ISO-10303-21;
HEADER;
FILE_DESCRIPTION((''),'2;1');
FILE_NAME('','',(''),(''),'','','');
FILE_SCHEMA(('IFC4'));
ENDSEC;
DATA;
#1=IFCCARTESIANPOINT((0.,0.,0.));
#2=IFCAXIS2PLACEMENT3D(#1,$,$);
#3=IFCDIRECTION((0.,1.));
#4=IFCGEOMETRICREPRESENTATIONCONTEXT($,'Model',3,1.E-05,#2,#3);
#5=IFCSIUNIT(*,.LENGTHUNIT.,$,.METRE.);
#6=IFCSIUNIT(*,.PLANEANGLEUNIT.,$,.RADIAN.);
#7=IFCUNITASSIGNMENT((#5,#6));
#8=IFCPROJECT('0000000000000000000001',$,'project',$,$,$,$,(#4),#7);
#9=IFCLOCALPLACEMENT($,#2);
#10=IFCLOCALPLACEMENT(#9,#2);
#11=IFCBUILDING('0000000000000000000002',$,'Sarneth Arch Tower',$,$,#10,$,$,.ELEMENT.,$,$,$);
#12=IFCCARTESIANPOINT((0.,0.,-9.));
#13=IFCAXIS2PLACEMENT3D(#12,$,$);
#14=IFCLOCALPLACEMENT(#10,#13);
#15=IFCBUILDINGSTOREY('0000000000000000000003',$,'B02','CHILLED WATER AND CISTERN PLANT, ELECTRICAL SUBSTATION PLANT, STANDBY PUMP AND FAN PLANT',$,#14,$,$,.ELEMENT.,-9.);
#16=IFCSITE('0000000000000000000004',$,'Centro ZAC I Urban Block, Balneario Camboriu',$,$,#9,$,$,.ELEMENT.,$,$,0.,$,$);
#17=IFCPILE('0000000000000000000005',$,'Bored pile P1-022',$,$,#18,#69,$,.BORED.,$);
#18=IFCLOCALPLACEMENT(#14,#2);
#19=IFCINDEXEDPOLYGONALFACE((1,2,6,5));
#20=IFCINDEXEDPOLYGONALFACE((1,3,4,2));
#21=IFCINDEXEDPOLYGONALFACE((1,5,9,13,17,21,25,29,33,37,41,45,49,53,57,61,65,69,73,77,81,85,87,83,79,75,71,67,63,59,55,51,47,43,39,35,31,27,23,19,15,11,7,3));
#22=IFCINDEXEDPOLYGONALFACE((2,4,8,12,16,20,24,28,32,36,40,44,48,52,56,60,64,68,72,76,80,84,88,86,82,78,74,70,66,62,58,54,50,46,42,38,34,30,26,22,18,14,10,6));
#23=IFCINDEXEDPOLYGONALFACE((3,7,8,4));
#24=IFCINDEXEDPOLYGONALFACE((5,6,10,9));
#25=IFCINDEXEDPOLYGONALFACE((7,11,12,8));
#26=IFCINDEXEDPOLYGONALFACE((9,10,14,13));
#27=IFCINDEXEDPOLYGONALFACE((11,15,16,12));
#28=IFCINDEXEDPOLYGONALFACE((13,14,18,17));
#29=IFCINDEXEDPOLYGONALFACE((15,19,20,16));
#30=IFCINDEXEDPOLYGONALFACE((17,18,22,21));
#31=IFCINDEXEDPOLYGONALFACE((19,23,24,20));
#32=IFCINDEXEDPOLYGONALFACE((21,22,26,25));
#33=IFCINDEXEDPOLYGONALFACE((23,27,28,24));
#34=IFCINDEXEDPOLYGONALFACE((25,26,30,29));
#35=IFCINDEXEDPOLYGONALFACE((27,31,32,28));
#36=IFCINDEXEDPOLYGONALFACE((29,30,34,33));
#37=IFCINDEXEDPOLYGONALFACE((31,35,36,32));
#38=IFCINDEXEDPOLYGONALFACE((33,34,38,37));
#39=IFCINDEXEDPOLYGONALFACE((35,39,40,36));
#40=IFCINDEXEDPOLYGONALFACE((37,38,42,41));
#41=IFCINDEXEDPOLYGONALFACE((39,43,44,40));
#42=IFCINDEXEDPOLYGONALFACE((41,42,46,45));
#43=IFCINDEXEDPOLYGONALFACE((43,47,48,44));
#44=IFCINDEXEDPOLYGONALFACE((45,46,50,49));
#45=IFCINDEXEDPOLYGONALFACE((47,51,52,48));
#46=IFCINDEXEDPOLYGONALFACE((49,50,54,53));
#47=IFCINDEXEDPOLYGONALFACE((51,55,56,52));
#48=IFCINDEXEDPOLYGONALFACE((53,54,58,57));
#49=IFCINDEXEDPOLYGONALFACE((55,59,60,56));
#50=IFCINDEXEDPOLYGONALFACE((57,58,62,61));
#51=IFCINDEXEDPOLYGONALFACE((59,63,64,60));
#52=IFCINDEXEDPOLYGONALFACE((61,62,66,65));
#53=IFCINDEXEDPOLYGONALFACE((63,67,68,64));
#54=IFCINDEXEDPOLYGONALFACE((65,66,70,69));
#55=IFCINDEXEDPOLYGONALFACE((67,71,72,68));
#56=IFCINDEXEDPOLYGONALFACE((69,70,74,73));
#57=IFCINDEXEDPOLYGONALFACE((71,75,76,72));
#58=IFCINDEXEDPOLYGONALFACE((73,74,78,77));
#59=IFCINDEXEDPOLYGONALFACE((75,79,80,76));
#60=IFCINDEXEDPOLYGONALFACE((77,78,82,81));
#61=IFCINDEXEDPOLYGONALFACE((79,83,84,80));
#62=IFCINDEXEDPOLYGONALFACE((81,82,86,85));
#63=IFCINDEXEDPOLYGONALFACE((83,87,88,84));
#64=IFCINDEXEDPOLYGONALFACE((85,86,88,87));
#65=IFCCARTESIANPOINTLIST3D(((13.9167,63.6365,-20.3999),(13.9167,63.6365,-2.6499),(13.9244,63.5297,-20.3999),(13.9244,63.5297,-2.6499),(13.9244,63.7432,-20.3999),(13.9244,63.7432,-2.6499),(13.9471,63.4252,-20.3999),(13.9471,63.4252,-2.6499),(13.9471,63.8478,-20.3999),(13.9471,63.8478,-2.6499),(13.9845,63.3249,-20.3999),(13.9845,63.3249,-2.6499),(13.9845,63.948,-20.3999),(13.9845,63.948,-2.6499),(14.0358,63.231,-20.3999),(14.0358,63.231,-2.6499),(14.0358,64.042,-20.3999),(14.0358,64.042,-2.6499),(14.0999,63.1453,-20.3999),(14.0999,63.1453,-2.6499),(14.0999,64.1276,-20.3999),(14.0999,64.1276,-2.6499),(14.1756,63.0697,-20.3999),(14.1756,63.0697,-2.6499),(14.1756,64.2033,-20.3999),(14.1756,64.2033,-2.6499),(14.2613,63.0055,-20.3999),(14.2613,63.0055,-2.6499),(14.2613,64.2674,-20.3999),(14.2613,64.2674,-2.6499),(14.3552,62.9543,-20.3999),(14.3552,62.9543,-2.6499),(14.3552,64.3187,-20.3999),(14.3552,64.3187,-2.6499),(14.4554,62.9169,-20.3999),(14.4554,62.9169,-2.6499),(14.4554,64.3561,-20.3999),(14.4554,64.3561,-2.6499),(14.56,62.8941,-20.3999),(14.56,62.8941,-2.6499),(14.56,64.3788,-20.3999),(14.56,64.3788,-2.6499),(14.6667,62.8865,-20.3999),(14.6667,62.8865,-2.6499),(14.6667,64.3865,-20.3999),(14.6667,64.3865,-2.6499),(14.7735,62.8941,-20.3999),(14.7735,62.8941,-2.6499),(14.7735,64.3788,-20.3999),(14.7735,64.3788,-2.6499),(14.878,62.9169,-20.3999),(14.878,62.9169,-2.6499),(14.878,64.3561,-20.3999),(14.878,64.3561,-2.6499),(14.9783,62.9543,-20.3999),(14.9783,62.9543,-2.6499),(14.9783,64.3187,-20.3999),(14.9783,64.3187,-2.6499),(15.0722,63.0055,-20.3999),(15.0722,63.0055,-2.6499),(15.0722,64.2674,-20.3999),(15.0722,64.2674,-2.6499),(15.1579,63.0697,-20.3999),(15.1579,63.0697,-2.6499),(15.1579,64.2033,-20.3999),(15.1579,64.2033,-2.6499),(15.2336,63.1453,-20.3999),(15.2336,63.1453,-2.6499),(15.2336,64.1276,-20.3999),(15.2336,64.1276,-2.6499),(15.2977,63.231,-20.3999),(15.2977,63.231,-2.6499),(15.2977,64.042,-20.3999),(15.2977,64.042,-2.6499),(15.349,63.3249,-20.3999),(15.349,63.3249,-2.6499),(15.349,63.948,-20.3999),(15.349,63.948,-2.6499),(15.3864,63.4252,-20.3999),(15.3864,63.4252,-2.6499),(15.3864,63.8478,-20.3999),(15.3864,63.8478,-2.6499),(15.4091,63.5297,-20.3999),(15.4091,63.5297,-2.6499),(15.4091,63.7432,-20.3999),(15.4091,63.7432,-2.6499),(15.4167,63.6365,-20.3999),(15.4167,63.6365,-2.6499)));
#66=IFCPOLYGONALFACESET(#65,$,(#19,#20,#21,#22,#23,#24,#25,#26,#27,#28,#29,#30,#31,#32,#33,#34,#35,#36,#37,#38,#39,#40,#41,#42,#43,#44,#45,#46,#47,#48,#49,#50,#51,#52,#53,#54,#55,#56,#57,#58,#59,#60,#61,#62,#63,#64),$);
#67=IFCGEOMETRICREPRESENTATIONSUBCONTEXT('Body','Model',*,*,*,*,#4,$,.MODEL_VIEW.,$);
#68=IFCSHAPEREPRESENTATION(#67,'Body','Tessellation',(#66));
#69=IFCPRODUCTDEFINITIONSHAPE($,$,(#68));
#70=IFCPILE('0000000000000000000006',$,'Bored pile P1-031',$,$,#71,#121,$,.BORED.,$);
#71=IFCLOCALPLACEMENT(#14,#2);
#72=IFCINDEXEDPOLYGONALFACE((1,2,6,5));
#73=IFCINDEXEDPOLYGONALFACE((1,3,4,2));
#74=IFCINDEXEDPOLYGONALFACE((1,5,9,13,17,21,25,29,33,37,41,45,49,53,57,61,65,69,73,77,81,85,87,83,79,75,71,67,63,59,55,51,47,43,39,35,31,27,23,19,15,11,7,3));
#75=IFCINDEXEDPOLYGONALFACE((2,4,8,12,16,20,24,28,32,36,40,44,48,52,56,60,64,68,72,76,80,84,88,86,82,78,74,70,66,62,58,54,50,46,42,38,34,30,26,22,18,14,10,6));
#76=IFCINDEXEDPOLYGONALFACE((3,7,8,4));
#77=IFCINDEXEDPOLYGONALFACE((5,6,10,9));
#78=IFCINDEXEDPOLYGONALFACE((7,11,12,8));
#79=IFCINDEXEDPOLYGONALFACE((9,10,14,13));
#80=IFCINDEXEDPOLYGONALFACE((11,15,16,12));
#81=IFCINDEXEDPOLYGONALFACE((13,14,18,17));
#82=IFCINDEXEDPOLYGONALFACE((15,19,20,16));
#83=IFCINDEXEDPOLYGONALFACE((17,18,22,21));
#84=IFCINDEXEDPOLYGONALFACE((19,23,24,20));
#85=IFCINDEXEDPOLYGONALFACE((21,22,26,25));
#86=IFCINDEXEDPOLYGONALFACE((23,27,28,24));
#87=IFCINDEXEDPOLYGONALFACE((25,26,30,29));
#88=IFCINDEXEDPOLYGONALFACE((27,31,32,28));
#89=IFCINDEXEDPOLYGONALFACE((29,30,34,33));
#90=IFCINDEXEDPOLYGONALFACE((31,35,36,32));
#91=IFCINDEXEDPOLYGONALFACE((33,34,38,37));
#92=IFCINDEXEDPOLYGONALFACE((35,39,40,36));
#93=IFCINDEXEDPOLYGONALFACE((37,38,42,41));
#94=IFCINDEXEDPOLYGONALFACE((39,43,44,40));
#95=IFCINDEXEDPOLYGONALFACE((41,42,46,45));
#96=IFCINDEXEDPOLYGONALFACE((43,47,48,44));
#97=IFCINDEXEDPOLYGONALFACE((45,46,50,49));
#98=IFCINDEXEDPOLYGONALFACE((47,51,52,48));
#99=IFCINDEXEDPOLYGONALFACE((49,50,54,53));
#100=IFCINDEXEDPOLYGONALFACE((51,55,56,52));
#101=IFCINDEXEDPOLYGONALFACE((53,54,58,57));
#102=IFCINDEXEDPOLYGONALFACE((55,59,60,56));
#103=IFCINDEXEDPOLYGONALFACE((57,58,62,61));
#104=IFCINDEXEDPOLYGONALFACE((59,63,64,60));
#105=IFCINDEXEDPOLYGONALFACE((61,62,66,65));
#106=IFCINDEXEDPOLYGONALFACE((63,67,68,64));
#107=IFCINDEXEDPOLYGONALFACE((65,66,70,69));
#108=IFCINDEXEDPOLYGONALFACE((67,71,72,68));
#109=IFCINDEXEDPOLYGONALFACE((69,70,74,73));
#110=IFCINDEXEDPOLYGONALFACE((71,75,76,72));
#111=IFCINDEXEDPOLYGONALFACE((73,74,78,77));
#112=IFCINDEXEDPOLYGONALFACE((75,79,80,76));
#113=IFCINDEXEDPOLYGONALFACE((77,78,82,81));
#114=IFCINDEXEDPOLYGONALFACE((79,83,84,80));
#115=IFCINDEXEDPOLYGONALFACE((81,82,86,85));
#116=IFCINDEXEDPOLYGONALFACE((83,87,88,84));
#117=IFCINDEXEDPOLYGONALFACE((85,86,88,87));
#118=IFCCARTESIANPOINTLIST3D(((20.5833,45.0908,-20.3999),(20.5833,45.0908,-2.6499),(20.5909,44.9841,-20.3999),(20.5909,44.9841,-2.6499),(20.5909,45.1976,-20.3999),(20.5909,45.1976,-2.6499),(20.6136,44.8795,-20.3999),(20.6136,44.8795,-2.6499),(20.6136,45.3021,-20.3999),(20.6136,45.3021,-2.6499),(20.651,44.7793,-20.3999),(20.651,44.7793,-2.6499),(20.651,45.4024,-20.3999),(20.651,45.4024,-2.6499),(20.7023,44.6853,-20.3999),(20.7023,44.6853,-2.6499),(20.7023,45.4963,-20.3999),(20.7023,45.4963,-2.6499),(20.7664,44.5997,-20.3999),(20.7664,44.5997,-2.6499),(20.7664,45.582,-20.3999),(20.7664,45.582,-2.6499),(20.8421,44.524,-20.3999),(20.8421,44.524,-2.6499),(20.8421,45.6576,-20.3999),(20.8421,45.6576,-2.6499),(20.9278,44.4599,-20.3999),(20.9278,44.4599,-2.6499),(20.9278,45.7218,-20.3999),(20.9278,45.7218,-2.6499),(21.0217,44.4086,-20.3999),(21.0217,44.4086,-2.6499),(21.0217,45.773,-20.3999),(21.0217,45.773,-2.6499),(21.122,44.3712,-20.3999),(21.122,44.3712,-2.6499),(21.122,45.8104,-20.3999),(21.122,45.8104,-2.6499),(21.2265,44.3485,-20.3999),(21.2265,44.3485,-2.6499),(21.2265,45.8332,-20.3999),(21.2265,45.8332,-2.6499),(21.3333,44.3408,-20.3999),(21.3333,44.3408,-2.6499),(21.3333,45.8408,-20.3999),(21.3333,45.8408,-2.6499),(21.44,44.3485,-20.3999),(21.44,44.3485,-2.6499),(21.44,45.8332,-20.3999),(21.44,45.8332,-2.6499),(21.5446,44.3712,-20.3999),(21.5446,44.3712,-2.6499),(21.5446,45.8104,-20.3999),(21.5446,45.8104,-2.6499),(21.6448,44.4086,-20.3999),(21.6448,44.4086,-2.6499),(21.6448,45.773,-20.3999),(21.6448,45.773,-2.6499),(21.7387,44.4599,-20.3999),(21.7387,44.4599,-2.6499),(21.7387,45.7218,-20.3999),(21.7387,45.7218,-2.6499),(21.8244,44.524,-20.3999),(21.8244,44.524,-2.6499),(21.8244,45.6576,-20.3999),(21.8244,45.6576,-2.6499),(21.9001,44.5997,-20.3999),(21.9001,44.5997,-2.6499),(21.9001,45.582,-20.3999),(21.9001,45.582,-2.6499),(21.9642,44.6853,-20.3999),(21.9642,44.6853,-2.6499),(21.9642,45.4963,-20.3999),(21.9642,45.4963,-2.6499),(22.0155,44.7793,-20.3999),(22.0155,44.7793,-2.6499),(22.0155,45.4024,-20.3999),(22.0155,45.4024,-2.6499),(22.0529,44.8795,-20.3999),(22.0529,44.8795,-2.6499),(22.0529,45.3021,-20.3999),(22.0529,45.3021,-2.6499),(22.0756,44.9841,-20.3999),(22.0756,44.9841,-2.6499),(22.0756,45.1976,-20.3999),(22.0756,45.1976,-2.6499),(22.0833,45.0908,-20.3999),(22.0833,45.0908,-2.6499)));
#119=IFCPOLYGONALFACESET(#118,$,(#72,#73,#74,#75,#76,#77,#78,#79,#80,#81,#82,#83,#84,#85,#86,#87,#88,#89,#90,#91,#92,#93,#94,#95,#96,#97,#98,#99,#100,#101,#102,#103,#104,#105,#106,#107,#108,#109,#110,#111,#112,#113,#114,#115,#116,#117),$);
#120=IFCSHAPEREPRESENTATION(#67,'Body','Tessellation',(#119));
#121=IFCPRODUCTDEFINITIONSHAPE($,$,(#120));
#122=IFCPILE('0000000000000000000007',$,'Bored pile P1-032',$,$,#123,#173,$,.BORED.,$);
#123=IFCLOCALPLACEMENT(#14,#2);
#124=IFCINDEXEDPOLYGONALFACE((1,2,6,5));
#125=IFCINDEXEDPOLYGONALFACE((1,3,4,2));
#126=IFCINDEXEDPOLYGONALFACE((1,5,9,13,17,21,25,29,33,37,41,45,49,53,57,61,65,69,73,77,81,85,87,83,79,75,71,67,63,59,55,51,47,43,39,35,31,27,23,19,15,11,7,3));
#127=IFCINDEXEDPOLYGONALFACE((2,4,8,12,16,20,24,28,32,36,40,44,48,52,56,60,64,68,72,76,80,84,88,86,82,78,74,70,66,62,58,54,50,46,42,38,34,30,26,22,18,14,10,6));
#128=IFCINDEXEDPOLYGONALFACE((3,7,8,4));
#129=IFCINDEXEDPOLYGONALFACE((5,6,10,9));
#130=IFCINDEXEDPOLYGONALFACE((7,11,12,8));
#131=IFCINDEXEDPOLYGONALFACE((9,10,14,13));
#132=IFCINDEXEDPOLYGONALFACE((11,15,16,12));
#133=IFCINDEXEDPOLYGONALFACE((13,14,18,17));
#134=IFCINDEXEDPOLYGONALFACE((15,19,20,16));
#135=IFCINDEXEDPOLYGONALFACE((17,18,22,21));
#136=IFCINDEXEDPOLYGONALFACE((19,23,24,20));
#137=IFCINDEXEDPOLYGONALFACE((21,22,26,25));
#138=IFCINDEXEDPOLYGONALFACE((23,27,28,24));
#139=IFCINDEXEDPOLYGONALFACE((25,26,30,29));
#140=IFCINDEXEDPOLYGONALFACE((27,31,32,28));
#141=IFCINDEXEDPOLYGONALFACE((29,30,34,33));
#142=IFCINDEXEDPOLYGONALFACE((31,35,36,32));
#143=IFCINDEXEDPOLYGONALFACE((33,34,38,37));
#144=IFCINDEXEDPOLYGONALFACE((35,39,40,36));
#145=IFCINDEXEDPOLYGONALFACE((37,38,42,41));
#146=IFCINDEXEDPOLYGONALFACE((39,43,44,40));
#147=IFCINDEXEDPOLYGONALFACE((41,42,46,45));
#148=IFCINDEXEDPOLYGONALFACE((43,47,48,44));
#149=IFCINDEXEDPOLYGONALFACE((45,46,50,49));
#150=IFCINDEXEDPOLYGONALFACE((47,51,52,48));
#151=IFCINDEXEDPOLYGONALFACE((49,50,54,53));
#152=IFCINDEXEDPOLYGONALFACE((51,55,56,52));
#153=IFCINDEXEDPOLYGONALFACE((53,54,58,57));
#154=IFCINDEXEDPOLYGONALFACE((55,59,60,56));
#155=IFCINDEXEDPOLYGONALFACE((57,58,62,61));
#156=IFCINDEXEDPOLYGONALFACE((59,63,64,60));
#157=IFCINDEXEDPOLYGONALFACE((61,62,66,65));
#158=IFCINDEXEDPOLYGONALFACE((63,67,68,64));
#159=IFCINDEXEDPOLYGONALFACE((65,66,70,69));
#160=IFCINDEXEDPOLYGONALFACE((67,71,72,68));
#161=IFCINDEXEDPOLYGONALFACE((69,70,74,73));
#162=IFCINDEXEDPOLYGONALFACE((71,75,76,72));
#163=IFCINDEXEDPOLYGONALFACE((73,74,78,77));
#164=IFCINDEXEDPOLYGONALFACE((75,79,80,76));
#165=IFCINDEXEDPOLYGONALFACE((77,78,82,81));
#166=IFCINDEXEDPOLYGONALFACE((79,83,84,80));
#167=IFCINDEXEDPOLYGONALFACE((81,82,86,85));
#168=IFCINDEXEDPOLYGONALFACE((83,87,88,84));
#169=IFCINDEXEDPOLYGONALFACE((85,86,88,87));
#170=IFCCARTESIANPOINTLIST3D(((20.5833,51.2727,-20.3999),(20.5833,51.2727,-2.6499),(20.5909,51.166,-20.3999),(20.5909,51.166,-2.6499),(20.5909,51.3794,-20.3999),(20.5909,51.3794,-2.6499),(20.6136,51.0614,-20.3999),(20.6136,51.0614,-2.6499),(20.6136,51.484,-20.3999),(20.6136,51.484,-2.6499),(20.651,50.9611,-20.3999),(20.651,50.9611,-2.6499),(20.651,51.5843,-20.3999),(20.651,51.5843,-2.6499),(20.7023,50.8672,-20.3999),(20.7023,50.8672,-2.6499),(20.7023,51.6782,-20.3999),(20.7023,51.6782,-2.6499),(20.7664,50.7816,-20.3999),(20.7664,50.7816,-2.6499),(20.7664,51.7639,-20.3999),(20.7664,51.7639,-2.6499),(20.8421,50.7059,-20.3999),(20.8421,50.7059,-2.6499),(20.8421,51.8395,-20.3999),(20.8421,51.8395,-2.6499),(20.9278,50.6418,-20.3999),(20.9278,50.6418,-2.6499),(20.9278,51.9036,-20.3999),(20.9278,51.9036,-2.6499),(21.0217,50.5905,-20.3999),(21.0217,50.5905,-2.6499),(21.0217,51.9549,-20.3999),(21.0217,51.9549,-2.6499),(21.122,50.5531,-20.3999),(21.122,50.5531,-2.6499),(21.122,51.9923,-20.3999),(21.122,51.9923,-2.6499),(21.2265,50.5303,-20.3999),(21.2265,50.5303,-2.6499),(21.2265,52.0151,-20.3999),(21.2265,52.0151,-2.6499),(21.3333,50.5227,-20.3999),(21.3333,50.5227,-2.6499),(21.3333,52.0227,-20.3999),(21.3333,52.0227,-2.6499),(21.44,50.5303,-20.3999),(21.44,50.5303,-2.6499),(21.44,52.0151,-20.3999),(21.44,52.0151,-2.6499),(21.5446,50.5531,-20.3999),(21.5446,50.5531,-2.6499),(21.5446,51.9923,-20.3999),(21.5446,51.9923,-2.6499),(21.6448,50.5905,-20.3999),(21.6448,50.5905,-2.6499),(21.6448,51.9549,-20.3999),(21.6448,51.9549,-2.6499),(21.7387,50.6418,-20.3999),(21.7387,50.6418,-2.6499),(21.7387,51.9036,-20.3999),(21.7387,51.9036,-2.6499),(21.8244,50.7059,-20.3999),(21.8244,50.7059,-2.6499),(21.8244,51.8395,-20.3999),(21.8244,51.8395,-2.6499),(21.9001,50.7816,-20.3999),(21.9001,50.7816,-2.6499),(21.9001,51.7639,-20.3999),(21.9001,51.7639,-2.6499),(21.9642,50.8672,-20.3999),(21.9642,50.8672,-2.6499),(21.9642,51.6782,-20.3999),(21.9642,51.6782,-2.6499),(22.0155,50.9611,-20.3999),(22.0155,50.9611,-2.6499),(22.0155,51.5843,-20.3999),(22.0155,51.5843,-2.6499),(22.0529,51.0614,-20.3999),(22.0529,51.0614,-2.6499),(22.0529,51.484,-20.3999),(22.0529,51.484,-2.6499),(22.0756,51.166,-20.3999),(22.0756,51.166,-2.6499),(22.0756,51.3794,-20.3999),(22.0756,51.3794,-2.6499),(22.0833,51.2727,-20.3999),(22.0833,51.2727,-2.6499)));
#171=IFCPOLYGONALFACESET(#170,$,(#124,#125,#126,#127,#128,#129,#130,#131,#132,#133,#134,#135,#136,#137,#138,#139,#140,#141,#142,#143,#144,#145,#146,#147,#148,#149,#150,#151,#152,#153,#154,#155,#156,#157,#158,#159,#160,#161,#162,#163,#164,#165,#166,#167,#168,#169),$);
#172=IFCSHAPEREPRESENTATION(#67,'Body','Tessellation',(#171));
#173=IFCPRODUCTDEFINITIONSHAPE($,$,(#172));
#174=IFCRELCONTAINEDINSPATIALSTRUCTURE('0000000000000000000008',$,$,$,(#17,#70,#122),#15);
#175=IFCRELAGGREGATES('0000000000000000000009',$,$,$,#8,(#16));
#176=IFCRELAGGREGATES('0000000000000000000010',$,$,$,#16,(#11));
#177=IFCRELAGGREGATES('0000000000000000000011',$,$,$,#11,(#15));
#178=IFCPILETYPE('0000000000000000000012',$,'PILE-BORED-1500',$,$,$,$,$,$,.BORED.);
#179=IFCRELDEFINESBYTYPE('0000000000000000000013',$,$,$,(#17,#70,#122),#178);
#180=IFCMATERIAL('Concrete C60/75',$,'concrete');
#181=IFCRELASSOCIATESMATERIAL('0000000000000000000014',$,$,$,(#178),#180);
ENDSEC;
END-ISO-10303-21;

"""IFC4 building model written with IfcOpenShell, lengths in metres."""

from ifc_helpers import new_model, si_unit, direction, frame, origin, origin_2d, place, context, subcontext, project, spatial, circle, extrude, material, material_profile, profile_set, type_object, element, save


model = new_model("IFC4")

# Units and contexts
model_context = context("Model", 3, precision=1e-05, world=origin(), true_north=direction((0.0, 1.0)))
body_context = subcontext(model_context, "Body", "Model", "MODEL_VIEW")
ifc_project = project(units=[si_unit("LENGTHUNIT", "METRE"), si_unit("PLANEANGLEUNIT", "RADIAN")], contexts=[model_context])

# Site, building, storey
site_placement = place(None, origin())
site = spatial("IfcSite", under=ifc_project, at=site_placement, Name="Centro ZAC I Urban Block, Balneario Camboriu", CompositionType="ELEMENT", RefElevation=0.0)
building_placement = place(site_placement, origin())
building = spatial("IfcBuilding", under=site, at=building_placement, Name="Sarneth Arch Tower", CompositionType="ELEMENT")
storey_placement = place(building_placement, frame((0.0, 0.0, -9.0)))
storey = spatial("IfcBuildingStorey", under=building, at=storey_placement, Name="B02", Description="CHILLED WATER AND CISTERN PLANT, ELECTRICAL SUBSTATION PLANT, STANDBY PUMP AND FAN PLANT", CompositionType="ELEMENT", Elevation=-9.0)

# Piles
ifc_material_1 = material(Name="Concrete C60/75", Category="concrete")
ifc_material_profile_1 = material_profile(ifc_material_1, circle(Radius=0.75, at=origin_2d()), Name="PILE-D1500")
ifc_profile_set_1 = profile_set([ifc_material_profile_1], Name="Concrete C60/75")
pile_type_1 = type_object("IfcPileType", Name="PILE-BORED-1500", PredefinedType="BORED", material=ifc_profile_set_1)
for number, where, z_axis, x_axis, name in (
    (1, (14.6667, 63.6365, -2.6499), (0.0, 0.0, -1.0), (1.0, 0.0, 0.0), "Bored pile P1-022"),
    (2, (21.3333, 45.0908, -2.6499), (0.0, 0.0, -1.0), (1.0, 0.0, 0.0), "Bored pile P1-031"),
    (3, (21.3333, 51.2727, -2.6499), (0.0, 0.0, -1.0), (1.0, 0.0, 0.0), "Bored pile P1-032"),
):
    element("IfcPile", number, at=place(storey_placement, frame(where, z_axis=z_axis, x_axis=x_axis)), inside=storey, type_object=pile_type_1, Name=name, PredefinedType="BORED", context=body_context, shape_type="SweptSolid", body=[
        extrude(circle(Radius=0.75, at=origin_2d()), origin(), (0.0, 0.0, 1.0), 17.75),
    ])

save(model, "model.ifc")
